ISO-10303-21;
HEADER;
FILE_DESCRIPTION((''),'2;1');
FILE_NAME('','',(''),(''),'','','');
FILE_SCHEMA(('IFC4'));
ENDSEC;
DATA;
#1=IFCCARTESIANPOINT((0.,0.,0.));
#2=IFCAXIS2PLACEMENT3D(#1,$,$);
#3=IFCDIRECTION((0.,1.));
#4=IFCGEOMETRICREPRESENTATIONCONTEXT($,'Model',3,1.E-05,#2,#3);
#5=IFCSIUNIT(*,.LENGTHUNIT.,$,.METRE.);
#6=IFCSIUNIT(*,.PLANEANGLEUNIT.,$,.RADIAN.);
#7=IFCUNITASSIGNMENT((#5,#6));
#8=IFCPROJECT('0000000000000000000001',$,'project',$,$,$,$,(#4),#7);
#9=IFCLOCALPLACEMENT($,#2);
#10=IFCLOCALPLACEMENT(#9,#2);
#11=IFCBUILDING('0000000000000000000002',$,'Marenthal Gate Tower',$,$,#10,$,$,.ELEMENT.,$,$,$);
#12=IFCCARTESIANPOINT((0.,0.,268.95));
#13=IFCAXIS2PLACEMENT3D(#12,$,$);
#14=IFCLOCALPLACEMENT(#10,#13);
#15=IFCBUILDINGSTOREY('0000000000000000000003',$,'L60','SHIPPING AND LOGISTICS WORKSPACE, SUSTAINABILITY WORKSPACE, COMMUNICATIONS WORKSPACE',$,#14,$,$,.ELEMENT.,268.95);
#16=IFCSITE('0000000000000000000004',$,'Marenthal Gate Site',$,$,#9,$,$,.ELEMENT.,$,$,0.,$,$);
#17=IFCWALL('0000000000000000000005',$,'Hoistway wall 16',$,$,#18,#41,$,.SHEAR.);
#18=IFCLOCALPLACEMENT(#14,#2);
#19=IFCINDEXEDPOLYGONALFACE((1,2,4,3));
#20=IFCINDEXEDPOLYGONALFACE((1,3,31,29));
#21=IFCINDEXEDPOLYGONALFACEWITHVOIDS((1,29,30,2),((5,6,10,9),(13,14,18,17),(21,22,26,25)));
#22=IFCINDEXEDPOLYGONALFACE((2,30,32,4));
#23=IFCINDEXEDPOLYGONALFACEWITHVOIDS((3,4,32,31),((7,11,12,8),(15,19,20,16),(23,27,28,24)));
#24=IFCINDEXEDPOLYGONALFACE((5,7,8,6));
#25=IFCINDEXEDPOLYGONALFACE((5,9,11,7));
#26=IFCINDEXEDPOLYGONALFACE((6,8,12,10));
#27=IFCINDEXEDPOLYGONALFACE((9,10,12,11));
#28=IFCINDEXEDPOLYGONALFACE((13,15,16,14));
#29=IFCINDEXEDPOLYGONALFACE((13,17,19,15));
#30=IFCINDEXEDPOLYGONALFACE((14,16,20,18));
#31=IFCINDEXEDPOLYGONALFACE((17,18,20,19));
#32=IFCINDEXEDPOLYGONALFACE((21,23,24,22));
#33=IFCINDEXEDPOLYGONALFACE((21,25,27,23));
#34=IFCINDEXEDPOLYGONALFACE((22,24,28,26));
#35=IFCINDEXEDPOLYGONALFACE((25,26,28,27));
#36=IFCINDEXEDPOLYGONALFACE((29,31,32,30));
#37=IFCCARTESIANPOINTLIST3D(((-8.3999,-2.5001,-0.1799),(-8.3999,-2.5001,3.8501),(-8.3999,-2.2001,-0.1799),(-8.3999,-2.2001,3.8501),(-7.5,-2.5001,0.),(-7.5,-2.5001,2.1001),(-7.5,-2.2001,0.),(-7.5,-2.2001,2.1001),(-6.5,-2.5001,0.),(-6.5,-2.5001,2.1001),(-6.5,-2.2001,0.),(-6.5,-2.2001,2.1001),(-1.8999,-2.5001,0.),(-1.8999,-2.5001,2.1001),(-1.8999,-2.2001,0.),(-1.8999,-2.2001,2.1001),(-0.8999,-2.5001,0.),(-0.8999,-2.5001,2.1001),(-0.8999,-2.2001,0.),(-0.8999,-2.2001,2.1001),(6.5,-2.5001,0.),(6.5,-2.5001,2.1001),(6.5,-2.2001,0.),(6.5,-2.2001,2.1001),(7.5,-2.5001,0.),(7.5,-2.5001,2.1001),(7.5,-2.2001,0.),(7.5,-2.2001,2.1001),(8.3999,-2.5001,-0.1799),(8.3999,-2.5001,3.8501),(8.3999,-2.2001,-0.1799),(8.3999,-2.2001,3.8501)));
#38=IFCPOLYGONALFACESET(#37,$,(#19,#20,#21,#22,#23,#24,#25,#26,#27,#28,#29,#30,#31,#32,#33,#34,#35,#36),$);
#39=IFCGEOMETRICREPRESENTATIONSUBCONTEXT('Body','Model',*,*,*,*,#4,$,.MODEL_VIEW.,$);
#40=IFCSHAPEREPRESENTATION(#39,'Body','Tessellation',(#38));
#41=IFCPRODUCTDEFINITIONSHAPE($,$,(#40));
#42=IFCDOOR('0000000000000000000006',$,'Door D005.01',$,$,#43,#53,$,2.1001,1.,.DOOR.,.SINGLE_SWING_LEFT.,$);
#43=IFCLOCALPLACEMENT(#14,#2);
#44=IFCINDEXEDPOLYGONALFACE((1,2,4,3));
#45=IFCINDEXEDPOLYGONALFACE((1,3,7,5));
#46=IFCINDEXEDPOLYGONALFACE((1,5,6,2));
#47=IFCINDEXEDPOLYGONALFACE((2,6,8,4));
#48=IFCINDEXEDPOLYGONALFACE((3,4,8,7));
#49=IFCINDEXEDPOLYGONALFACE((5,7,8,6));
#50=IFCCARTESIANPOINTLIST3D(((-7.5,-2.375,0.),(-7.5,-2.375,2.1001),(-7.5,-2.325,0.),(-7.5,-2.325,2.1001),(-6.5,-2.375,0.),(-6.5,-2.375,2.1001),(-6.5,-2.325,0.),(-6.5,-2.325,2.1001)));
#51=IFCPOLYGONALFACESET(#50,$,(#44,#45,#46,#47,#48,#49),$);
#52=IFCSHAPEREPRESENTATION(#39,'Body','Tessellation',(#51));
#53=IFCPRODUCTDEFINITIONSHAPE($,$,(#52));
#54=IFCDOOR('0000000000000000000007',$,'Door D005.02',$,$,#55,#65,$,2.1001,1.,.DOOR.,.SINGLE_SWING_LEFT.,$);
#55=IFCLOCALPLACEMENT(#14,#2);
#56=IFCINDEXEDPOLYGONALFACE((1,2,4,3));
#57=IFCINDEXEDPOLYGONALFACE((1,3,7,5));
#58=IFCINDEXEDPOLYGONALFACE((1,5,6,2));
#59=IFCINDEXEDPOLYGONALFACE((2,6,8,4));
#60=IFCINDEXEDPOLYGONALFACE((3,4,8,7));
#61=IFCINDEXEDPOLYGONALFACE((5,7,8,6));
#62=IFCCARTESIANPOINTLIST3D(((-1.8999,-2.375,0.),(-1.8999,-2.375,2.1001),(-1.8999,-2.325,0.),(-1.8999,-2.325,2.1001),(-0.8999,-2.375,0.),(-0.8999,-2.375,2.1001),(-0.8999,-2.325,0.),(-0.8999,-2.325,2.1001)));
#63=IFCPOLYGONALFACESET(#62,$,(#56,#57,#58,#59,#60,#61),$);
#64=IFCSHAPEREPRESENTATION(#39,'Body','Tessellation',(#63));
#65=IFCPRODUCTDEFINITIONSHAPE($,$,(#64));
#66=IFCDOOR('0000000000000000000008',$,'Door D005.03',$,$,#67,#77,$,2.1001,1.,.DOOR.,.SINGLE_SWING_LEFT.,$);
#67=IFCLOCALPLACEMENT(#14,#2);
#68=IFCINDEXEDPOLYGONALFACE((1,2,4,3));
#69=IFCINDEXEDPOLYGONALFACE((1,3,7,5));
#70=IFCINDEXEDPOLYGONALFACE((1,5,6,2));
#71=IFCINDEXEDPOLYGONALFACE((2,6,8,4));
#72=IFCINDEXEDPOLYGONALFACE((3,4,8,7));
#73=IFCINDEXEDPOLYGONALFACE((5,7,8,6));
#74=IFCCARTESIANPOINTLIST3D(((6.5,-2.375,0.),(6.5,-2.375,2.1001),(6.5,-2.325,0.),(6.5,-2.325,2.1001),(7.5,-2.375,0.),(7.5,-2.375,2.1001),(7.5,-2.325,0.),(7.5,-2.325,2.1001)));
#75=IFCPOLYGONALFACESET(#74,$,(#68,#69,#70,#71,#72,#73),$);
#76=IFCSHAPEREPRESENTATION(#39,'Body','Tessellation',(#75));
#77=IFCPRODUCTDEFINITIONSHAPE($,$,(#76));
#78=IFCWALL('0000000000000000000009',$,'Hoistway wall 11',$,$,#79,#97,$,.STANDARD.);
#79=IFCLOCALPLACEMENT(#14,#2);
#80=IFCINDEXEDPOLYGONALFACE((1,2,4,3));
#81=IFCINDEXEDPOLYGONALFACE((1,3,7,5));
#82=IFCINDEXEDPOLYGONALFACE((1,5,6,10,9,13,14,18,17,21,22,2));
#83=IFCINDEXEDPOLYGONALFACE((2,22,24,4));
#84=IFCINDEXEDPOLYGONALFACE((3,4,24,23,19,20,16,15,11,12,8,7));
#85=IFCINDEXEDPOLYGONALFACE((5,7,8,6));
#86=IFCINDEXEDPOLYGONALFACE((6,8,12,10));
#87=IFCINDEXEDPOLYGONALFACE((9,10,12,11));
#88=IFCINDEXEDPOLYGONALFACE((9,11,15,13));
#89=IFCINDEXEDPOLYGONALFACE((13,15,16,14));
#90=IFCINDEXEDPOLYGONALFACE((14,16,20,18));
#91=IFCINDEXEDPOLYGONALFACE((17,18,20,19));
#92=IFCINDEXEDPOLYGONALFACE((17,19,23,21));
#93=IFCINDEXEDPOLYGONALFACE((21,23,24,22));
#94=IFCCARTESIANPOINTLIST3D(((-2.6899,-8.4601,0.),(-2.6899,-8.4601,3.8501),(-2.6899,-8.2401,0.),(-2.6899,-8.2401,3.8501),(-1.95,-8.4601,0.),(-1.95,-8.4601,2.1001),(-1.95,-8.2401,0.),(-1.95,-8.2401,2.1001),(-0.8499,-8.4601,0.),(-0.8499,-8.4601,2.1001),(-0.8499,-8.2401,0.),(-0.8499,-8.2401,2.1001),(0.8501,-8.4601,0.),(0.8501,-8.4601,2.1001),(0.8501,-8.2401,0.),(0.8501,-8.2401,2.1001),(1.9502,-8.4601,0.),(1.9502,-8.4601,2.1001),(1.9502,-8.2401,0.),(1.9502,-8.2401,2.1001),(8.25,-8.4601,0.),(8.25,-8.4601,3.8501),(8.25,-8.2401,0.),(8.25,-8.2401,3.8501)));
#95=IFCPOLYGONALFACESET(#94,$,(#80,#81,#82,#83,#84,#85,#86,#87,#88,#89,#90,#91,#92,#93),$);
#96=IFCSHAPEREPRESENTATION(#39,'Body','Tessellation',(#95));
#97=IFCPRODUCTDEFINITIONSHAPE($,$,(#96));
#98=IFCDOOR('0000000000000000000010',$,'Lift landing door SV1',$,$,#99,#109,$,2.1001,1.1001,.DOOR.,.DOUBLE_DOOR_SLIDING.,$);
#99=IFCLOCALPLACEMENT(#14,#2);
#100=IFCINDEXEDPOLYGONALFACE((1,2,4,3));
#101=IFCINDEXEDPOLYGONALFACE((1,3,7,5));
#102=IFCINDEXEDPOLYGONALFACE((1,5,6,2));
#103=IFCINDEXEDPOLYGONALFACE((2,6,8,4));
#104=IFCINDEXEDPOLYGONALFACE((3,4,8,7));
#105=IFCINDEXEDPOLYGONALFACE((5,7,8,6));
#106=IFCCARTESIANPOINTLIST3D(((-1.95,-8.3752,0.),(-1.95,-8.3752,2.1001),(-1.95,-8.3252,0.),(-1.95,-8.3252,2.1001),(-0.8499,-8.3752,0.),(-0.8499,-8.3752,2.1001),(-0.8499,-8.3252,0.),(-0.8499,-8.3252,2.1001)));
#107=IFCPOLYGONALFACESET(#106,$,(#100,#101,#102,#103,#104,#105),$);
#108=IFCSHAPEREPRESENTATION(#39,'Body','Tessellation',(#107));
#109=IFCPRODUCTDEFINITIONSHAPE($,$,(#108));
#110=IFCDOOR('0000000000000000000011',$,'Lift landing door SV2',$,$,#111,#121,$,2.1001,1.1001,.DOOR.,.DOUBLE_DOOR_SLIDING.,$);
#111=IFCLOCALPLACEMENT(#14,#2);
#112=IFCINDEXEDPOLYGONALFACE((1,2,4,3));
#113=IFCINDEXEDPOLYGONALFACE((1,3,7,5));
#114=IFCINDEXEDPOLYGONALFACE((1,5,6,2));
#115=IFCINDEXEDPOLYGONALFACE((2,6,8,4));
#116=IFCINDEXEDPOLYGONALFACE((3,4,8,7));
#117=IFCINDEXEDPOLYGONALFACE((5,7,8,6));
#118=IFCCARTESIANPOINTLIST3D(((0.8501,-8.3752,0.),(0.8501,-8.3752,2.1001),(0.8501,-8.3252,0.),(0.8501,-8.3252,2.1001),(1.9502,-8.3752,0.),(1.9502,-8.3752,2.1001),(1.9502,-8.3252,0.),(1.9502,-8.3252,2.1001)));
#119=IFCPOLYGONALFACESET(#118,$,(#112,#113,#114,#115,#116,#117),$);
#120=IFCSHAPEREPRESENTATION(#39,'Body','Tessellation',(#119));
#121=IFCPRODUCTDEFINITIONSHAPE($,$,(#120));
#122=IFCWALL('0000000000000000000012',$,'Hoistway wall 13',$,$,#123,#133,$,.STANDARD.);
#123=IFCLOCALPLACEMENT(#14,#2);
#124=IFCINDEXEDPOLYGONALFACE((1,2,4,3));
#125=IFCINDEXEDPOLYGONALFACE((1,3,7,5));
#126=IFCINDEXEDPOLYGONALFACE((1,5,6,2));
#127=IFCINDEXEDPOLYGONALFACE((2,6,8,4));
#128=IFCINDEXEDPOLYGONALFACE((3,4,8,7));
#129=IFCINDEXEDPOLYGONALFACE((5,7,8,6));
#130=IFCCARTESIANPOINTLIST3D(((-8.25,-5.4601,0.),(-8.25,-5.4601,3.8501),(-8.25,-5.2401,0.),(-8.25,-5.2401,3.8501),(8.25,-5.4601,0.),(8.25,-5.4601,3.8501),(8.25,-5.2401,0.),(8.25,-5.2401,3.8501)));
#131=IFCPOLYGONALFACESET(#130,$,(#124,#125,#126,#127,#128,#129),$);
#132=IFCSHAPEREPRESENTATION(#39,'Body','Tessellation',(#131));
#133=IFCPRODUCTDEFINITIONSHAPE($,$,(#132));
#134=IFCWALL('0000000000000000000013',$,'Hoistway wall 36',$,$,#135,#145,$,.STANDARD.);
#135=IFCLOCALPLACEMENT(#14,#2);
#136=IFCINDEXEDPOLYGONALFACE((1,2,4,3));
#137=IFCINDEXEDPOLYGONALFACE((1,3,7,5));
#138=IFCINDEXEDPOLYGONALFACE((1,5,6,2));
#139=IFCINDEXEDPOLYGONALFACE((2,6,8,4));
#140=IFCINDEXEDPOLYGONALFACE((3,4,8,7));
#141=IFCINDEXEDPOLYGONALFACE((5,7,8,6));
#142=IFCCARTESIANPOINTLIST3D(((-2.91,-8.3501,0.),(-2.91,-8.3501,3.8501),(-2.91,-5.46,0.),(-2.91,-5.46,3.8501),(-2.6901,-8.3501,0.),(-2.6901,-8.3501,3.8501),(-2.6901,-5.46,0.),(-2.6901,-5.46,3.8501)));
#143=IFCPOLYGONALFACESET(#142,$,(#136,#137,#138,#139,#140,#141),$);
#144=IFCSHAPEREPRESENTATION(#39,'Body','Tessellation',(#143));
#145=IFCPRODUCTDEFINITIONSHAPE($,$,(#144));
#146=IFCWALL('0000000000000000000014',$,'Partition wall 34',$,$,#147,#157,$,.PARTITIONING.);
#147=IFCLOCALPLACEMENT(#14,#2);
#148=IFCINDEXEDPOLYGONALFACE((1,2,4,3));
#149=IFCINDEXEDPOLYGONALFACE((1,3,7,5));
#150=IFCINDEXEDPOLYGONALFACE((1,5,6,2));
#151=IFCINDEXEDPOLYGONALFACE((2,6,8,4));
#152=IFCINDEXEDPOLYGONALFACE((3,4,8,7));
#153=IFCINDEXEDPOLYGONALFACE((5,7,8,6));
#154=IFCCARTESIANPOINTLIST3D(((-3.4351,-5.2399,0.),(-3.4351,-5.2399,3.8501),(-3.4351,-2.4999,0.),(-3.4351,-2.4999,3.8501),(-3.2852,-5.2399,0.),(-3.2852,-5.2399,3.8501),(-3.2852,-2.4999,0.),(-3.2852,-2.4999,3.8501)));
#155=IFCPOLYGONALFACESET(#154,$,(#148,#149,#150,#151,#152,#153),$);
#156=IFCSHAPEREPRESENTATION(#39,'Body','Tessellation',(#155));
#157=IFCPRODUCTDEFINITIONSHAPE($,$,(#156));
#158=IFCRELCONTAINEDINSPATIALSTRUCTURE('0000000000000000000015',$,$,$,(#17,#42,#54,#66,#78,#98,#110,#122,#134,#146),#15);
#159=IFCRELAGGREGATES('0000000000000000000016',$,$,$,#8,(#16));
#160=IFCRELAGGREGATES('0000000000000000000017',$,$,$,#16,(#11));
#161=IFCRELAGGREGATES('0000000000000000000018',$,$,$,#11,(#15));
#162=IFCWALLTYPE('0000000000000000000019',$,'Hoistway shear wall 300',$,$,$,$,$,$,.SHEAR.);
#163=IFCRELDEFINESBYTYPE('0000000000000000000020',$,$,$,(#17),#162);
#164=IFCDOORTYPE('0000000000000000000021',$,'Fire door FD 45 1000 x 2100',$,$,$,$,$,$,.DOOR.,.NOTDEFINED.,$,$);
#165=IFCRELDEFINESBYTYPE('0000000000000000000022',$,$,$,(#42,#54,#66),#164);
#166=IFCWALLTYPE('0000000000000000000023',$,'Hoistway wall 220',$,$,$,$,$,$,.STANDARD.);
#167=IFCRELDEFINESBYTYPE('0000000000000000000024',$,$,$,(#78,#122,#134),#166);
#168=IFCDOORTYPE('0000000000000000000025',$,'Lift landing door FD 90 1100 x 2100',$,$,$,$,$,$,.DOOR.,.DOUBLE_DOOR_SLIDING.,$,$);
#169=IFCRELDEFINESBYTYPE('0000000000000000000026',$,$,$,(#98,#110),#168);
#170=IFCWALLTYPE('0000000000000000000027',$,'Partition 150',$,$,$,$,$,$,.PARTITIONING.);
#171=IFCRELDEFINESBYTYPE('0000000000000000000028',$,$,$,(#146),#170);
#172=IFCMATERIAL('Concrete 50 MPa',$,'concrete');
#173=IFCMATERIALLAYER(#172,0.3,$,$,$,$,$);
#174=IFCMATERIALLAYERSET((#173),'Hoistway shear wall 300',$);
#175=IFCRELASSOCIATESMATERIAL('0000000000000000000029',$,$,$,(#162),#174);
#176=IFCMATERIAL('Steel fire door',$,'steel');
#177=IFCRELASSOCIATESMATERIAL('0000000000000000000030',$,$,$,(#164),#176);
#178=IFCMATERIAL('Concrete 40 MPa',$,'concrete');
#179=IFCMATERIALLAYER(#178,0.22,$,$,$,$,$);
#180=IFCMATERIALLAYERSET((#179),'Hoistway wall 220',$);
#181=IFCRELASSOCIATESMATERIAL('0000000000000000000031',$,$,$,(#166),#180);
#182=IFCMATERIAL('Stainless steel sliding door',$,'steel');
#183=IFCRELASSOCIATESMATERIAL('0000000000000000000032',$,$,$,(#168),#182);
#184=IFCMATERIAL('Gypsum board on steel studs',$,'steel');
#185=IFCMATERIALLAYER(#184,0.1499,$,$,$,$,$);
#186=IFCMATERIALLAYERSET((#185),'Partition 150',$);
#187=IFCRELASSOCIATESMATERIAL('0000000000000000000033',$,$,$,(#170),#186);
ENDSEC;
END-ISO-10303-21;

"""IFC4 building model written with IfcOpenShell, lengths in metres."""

from ifc_helpers import new_model, si_unit, direction, frame, frame_2d, origin, place, context, subcontext, project, spatial, rectangle, extrude, material, layer, layer_set, type_object, element, fill, save


model = new_model("IFC4")

# Units and contexts
model_context = context("Model", 3, precision=1e-05, world=origin(), true_north=direction((0.0, 1.0)))
body_context = subcontext(model_context, "Body", "Model", "MODEL_VIEW")
ifc_project = project(units=[si_unit("LENGTHUNIT", "METRE"), si_unit("PLANEANGLEUNIT", "RADIAN")], contexts=[model_context])

# Site, building, storey
site_placement = place(None, origin())
site = spatial("IfcSite", under=ifc_project, at=site_placement, Name="Marenthal Gate Site", CompositionType="ELEMENT", RefElevation=0.0)
building_placement = place(site_placement, origin())
building = spatial("IfcBuilding", under=site, at=building_placement, Name="Marenthal Gate Tower", CompositionType="ELEMENT")
storey_placement = place(building_placement, frame((0.0, 0.0, 268.95)))
storey = spatial("IfcBuildingStorey", under=building, at=storey_placement, Name="L60", Description="SHIPPING AND LOGISTICS WORKSPACE, SUSTAINABILITY WORKSPACE, COMMUNICATIONS WORKSPACE", CompositionType="ELEMENT", Elevation=268.95)

# Walls, openings, doors
ifc_material_1 = material(Name="Concrete 50 MPa", Category="concrete")
ifc_layer_1 = layer(ifc_material_1, 0.3)
ifc_layer_set_1 = layer_set([ifc_layer_1], Name="Hoistway shear wall 300")
wall_type_1 = type_object("IfcWallType", Name="Hoistway shear wall 300", PredefinedType="SHEAR", material=ifc_layer_set_1)
wall_1_placement = place(storey_placement, frame((-8.3999, -2.3501, -0.1799), z_axis=(0.0, 0.0, 1.0), x_axis=(1.0, 0.0, 0.0)))
wall_1 = element("IfcWall", 1, at=wall_1_placement, inside=storey, type_object=wall_type_1, Name="Hoistway wall 16", PredefinedType="SHEAR", context=body_context, shape_type="SweptSolid", body=[
    extrude(rectangle(XDim=16.7998, YDim=0.3, at=frame_2d((8.3999, 0.0))), origin(), (0.0, 0.0, 1.0), 4.03),
])
opening_1_placement = place(wall_1_placement, frame((0.8999, 0.0, 0.1799)))
opening_1 = element("IfcOpeningElement", 2, at=opening_1_placement, cuts=wall_1, PredefinedType="OPENING", context=body_context, shape_type="SweptSolid", body=[
    extrude(rectangle(XDim=1.0, YDim=2.1001, at=frame_2d((0.5, 1.05))), frame((0.0, 0.1602, 0.0), z_axis=(0.0, -1.0, 0.0), x_axis=(1.0, 0.0, 0.0)), (0.0, 0.0, 1.0), 0.3201),
])
opening_2_placement = place(wall_1_placement, frame((6.5, 0.0, 0.1799)))
opening_2 = element("IfcOpeningElement", 3, at=opening_2_placement, cuts=wall_1, PredefinedType="OPENING", context=body_context, shape_type="SweptSolid", body=[
    extrude(rectangle(XDim=1.0, YDim=2.1001, at=frame_2d((0.5, 1.05))), frame((0.0, 0.1602, 0.0), z_axis=(0.0, -1.0, 0.0), x_axis=(1.0, 0.0, 0.0)), (0.0, 0.0, 1.0), 0.3201),
])
opening_3_placement = place(wall_1_placement, frame((14.8999, 0.0, 0.1799)))
opening_3 = element("IfcOpeningElement", 4, at=opening_3_placement, cuts=wall_1, PredefinedType="OPENING", context=body_context, shape_type="SweptSolid", body=[
    extrude(rectangle(XDim=1.0, YDim=2.1001, at=frame_2d((0.5, 1.05))), frame((0.0, 0.1602, 0.0), z_axis=(0.0, -1.0, 0.0), x_axis=(1.0, 0.0, 0.0)), (0.0, 0.0, 1.0), 0.3201),
])
ifc_material_2 = material(Name="Steel fire door", Category="steel")
door_type_1 = type_object("IfcDoorType", Name="Fire door FD 45 1000 x 2100", OperationType="NOTDEFINED", PredefinedType="DOOR", material=ifc_material_2)
door_1_placement = place(opening_1_placement, frame((1.0, 0.0, 0.0), z_axis=(0.0, 0.0, 1.0), x_axis=(-1.0, 0.0, 0.0)))
door_1 = element("IfcDoor", 5, at=door_1_placement, inside=storey, type_object=door_type_1, Name="Door D005.01", OperationType="SINGLE_SWING_LEFT", OverallHeight=2.1001, OverallWidth=1.0, PredefinedType="DOOR", context=body_context, shape_type="SweptSolid", body=[
    extrude(rectangle(XDim=1.0, YDim=2.1001, at=frame_2d((0.5, 1.05))), frame((0.0, 0.0249, 0.0), z_axis=(0.0, -1.0, 0.0), x_axis=(1.0, 0.0, 0.0)), (0.0, 0.0, 1.0), 0.05),
])
fill(opening_1, door_1)
door_2_placement = place(opening_2_placement, frame((1.0, 0.0, 0.0), z_axis=(0.0, 0.0, 1.0), x_axis=(-1.0, 0.0, 0.0)))
door_2 = element("IfcDoor", 6, at=door_2_placement, inside=storey, type_object=door_type_1, Name="Door D005.02", OperationType="SINGLE_SWING_LEFT", OverallHeight=2.1001, OverallWidth=1.0, PredefinedType="DOOR", context=body_context, shape_type="SweptSolid", body=[
    extrude(rectangle(XDim=1.0, YDim=2.1001, at=frame_2d((0.5, 1.05))), frame((0.0, 0.0249, 0.0), z_axis=(0.0, -1.0, 0.0), x_axis=(1.0, 0.0, 0.0)), (0.0, 0.0, 1.0), 0.05),
])
fill(opening_2, door_2)
door_3_placement = place(opening_3_placement, frame((1.0, 0.0, 0.0), z_axis=(0.0, 0.0, 1.0), x_axis=(-1.0, 0.0, 0.0)))
door_3 = element("IfcDoor", 7, at=door_3_placement, inside=storey, type_object=door_type_1, Name="Door D005.03", OperationType="SINGLE_SWING_LEFT", OverallHeight=2.1001, OverallWidth=1.0, PredefinedType="DOOR", context=body_context, shape_type="SweptSolid", body=[
    extrude(rectangle(XDim=1.0, YDim=2.1001, at=frame_2d((0.5, 1.05))), frame((0.0, 0.0249, 0.0), z_axis=(0.0, -1.0, 0.0), x_axis=(1.0, 0.0, 0.0)), (0.0, 0.0, 1.0), 0.05),
])
fill(opening_3, door_3)
ifc_material_3 = material(Name="Concrete 40 MPa", Category="concrete")
ifc_layer_2 = layer(ifc_material_3, 0.22)
ifc_layer_set_2 = layer_set([ifc_layer_2], Name="Hoistway wall 220")
wall_type_2 = type_object("IfcWallType", Name="Hoistway wall 220", PredefinedType="STANDARD", material=ifc_layer_set_2)
wall_2_placement = place(storey_placement, frame((-2.6899, -8.3501, 0.0), z_axis=(0.0, 0.0, 1.0), x_axis=(1.0, 0.0, 0.0)))
wall_2 = element("IfcWall", 8, at=wall_2_placement, inside=storey, type_object=wall_type_2, Name="Hoistway wall 11", PredefinedType="STANDARD", context=body_context, shape_type="SweptSolid", body=[
    extrude(rectangle(XDim=10.9399, YDim=0.22, at=frame_2d((5.47, 0.0))), origin(), (0.0, 0.0, 1.0), 3.8501),
])
opening_4_placement = place(wall_2_placement, frame((0.74, 0.0, 0.0)))
opening_4 = element("IfcOpeningElement", 9, at=opening_4_placement, cuts=wall_2, PredefinedType="OPENING", context=body_context, shape_type="SweptSolid", body=[
    extrude(rectangle(XDim=1.1001, YDim=2.1001, at=frame_2d((0.55, 1.05))), frame((0.0, 0.1201, 0.0), z_axis=(0.0, -1.0, 0.0), x_axis=(1.0, 0.0, 0.0)), (0.0, 0.0, 1.0), 0.24),
])
opening_5_placement = place(wall_2_placement, frame((3.54, 0.0, 0.0)))
opening_5 = element("IfcOpeningElement", 10, at=opening_5_placement, cuts=wall_2, PredefinedType="OPENING", context=body_context, shape_type="SweptSolid", body=[
    extrude(rectangle(XDim=1.1001, YDim=2.1001, at=frame_2d((0.55, 1.05))), frame((0.0, 0.1201, 0.0), z_axis=(0.0, -1.0, 0.0), x_axis=(1.0, 0.0, 0.0)), (0.0, 0.0, 1.0), 0.24),
])
ifc_material_4 = material(Name="Stainless steel sliding door", Category="steel")
door_type_2 = type_object("IfcDoorType", Name="Lift landing door FD 90 1100 x 2100", OperationType="DOUBLE_DOOR_SLIDING", PredefinedType="DOOR", material=ifc_material_4)
door_4_placement = place(opening_4_placement, origin())
door_4 = element("IfcDoor", 11, at=door_4_placement, inside=storey, type_object=door_type_2, Name="Lift landing door SV1", OperationType="DOUBLE_DOOR_SLIDING", OverallHeight=2.1001, OverallWidth=1.1001, PredefinedType="DOOR", context=body_context, shape_type="SweptSolid", body=[
    extrude(rectangle(XDim=1.1001, YDim=2.1001, at=frame_2d((0.55, 1.05))), frame((0.0, 0.0249, 0.0), z_axis=(0.0, -1.0, 0.0), x_axis=(1.0, 0.0, 0.0)), (0.0, 0.0, 1.0), 0.05),
])
fill(opening_4, door_4)
door_5_placement = place(opening_5_placement, origin())
door_5 = element("IfcDoor", 12, at=door_5_placement, inside=storey, type_object=door_type_2, Name="Lift landing door SV2", OperationType="DOUBLE_DOOR_SLIDING", OverallHeight=2.1001, OverallWidth=1.1001, PredefinedType="DOOR", context=body_context, shape_type="SweptSolid", body=[
    extrude(rectangle(XDim=1.1001, YDim=2.1001, at=frame_2d((0.55, 1.05))), frame((0.0, 0.0249, 0.0), z_axis=(0.0, -1.0, 0.0), x_axis=(1.0, 0.0, 0.0)), (0.0, 0.0, 1.0), 0.05),
])
fill(opening_5, door_5)

# Walls
wall_3_placement = place(storey_placement, frame((-8.25, -5.3501, 0.0), z_axis=(0.0, 0.0, 1.0), x_axis=(1.0, 0.0, 0.0)))
element("IfcWall", 13, at=wall_3_placement, inside=storey, type_object=wall_type_2, Name="Hoistway wall 13", PredefinedType="STANDARD", context=body_context, shape_type="SweptSolid", body=[
    extrude(rectangle(XDim=16.5, YDim=0.22, at=frame_2d((8.25, 0.0))), origin(), (0.0, 0.0, 1.0), 3.8501),
])
wall_4_placement = place(storey_placement, frame((-2.8, -8.3501, 0.0), z_axis=(0.0, 0.0, 1.0), x_axis=(0.0, 1.0, 0.0)))
element("IfcWall", 14, at=wall_4_placement, inside=storey, type_object=wall_type_2, Name="Hoistway wall 36", PredefinedType="STANDARD", context=body_context, shape_type="SweptSolid", body=[
    extrude(rectangle(XDim=2.8901, YDim=0.22, at=frame_2d((1.4451, 0.0))), origin(), (0.0, 0.0, 1.0), 3.8501),
])
ifc_material_5 = material(Name="Gypsum board on steel studs", Category="steel")
ifc_layer_3 = layer(ifc_material_5, 0.1499)
ifc_layer_set_3 = layer_set([ifc_layer_3], Name="Partition 150")
wall_type_3 = type_object("IfcWallType", Name="Partition 150", PredefinedType="PARTITIONING", material=ifc_layer_set_3)
wall_5_placement = place(storey_placement, frame((-3.3601, -5.24, 0.0), z_axis=(0.0, 0.0, 1.0), x_axis=(0.0, 1.0, 0.0)))
element("IfcWall", 15, at=wall_5_placement, inside=storey, type_object=wall_type_3, Name="Partition wall 34", PredefinedType="PARTITIONING", context=body_context, shape_type="SweptSolid", body=[
    extrude(rectangle(XDim=2.74, YDim=0.1499, at=frame_2d((1.3701, 0.0))), origin(), (0.0, 0.0, 1.0), 3.8501),
])

save(model, "model.ifc")
